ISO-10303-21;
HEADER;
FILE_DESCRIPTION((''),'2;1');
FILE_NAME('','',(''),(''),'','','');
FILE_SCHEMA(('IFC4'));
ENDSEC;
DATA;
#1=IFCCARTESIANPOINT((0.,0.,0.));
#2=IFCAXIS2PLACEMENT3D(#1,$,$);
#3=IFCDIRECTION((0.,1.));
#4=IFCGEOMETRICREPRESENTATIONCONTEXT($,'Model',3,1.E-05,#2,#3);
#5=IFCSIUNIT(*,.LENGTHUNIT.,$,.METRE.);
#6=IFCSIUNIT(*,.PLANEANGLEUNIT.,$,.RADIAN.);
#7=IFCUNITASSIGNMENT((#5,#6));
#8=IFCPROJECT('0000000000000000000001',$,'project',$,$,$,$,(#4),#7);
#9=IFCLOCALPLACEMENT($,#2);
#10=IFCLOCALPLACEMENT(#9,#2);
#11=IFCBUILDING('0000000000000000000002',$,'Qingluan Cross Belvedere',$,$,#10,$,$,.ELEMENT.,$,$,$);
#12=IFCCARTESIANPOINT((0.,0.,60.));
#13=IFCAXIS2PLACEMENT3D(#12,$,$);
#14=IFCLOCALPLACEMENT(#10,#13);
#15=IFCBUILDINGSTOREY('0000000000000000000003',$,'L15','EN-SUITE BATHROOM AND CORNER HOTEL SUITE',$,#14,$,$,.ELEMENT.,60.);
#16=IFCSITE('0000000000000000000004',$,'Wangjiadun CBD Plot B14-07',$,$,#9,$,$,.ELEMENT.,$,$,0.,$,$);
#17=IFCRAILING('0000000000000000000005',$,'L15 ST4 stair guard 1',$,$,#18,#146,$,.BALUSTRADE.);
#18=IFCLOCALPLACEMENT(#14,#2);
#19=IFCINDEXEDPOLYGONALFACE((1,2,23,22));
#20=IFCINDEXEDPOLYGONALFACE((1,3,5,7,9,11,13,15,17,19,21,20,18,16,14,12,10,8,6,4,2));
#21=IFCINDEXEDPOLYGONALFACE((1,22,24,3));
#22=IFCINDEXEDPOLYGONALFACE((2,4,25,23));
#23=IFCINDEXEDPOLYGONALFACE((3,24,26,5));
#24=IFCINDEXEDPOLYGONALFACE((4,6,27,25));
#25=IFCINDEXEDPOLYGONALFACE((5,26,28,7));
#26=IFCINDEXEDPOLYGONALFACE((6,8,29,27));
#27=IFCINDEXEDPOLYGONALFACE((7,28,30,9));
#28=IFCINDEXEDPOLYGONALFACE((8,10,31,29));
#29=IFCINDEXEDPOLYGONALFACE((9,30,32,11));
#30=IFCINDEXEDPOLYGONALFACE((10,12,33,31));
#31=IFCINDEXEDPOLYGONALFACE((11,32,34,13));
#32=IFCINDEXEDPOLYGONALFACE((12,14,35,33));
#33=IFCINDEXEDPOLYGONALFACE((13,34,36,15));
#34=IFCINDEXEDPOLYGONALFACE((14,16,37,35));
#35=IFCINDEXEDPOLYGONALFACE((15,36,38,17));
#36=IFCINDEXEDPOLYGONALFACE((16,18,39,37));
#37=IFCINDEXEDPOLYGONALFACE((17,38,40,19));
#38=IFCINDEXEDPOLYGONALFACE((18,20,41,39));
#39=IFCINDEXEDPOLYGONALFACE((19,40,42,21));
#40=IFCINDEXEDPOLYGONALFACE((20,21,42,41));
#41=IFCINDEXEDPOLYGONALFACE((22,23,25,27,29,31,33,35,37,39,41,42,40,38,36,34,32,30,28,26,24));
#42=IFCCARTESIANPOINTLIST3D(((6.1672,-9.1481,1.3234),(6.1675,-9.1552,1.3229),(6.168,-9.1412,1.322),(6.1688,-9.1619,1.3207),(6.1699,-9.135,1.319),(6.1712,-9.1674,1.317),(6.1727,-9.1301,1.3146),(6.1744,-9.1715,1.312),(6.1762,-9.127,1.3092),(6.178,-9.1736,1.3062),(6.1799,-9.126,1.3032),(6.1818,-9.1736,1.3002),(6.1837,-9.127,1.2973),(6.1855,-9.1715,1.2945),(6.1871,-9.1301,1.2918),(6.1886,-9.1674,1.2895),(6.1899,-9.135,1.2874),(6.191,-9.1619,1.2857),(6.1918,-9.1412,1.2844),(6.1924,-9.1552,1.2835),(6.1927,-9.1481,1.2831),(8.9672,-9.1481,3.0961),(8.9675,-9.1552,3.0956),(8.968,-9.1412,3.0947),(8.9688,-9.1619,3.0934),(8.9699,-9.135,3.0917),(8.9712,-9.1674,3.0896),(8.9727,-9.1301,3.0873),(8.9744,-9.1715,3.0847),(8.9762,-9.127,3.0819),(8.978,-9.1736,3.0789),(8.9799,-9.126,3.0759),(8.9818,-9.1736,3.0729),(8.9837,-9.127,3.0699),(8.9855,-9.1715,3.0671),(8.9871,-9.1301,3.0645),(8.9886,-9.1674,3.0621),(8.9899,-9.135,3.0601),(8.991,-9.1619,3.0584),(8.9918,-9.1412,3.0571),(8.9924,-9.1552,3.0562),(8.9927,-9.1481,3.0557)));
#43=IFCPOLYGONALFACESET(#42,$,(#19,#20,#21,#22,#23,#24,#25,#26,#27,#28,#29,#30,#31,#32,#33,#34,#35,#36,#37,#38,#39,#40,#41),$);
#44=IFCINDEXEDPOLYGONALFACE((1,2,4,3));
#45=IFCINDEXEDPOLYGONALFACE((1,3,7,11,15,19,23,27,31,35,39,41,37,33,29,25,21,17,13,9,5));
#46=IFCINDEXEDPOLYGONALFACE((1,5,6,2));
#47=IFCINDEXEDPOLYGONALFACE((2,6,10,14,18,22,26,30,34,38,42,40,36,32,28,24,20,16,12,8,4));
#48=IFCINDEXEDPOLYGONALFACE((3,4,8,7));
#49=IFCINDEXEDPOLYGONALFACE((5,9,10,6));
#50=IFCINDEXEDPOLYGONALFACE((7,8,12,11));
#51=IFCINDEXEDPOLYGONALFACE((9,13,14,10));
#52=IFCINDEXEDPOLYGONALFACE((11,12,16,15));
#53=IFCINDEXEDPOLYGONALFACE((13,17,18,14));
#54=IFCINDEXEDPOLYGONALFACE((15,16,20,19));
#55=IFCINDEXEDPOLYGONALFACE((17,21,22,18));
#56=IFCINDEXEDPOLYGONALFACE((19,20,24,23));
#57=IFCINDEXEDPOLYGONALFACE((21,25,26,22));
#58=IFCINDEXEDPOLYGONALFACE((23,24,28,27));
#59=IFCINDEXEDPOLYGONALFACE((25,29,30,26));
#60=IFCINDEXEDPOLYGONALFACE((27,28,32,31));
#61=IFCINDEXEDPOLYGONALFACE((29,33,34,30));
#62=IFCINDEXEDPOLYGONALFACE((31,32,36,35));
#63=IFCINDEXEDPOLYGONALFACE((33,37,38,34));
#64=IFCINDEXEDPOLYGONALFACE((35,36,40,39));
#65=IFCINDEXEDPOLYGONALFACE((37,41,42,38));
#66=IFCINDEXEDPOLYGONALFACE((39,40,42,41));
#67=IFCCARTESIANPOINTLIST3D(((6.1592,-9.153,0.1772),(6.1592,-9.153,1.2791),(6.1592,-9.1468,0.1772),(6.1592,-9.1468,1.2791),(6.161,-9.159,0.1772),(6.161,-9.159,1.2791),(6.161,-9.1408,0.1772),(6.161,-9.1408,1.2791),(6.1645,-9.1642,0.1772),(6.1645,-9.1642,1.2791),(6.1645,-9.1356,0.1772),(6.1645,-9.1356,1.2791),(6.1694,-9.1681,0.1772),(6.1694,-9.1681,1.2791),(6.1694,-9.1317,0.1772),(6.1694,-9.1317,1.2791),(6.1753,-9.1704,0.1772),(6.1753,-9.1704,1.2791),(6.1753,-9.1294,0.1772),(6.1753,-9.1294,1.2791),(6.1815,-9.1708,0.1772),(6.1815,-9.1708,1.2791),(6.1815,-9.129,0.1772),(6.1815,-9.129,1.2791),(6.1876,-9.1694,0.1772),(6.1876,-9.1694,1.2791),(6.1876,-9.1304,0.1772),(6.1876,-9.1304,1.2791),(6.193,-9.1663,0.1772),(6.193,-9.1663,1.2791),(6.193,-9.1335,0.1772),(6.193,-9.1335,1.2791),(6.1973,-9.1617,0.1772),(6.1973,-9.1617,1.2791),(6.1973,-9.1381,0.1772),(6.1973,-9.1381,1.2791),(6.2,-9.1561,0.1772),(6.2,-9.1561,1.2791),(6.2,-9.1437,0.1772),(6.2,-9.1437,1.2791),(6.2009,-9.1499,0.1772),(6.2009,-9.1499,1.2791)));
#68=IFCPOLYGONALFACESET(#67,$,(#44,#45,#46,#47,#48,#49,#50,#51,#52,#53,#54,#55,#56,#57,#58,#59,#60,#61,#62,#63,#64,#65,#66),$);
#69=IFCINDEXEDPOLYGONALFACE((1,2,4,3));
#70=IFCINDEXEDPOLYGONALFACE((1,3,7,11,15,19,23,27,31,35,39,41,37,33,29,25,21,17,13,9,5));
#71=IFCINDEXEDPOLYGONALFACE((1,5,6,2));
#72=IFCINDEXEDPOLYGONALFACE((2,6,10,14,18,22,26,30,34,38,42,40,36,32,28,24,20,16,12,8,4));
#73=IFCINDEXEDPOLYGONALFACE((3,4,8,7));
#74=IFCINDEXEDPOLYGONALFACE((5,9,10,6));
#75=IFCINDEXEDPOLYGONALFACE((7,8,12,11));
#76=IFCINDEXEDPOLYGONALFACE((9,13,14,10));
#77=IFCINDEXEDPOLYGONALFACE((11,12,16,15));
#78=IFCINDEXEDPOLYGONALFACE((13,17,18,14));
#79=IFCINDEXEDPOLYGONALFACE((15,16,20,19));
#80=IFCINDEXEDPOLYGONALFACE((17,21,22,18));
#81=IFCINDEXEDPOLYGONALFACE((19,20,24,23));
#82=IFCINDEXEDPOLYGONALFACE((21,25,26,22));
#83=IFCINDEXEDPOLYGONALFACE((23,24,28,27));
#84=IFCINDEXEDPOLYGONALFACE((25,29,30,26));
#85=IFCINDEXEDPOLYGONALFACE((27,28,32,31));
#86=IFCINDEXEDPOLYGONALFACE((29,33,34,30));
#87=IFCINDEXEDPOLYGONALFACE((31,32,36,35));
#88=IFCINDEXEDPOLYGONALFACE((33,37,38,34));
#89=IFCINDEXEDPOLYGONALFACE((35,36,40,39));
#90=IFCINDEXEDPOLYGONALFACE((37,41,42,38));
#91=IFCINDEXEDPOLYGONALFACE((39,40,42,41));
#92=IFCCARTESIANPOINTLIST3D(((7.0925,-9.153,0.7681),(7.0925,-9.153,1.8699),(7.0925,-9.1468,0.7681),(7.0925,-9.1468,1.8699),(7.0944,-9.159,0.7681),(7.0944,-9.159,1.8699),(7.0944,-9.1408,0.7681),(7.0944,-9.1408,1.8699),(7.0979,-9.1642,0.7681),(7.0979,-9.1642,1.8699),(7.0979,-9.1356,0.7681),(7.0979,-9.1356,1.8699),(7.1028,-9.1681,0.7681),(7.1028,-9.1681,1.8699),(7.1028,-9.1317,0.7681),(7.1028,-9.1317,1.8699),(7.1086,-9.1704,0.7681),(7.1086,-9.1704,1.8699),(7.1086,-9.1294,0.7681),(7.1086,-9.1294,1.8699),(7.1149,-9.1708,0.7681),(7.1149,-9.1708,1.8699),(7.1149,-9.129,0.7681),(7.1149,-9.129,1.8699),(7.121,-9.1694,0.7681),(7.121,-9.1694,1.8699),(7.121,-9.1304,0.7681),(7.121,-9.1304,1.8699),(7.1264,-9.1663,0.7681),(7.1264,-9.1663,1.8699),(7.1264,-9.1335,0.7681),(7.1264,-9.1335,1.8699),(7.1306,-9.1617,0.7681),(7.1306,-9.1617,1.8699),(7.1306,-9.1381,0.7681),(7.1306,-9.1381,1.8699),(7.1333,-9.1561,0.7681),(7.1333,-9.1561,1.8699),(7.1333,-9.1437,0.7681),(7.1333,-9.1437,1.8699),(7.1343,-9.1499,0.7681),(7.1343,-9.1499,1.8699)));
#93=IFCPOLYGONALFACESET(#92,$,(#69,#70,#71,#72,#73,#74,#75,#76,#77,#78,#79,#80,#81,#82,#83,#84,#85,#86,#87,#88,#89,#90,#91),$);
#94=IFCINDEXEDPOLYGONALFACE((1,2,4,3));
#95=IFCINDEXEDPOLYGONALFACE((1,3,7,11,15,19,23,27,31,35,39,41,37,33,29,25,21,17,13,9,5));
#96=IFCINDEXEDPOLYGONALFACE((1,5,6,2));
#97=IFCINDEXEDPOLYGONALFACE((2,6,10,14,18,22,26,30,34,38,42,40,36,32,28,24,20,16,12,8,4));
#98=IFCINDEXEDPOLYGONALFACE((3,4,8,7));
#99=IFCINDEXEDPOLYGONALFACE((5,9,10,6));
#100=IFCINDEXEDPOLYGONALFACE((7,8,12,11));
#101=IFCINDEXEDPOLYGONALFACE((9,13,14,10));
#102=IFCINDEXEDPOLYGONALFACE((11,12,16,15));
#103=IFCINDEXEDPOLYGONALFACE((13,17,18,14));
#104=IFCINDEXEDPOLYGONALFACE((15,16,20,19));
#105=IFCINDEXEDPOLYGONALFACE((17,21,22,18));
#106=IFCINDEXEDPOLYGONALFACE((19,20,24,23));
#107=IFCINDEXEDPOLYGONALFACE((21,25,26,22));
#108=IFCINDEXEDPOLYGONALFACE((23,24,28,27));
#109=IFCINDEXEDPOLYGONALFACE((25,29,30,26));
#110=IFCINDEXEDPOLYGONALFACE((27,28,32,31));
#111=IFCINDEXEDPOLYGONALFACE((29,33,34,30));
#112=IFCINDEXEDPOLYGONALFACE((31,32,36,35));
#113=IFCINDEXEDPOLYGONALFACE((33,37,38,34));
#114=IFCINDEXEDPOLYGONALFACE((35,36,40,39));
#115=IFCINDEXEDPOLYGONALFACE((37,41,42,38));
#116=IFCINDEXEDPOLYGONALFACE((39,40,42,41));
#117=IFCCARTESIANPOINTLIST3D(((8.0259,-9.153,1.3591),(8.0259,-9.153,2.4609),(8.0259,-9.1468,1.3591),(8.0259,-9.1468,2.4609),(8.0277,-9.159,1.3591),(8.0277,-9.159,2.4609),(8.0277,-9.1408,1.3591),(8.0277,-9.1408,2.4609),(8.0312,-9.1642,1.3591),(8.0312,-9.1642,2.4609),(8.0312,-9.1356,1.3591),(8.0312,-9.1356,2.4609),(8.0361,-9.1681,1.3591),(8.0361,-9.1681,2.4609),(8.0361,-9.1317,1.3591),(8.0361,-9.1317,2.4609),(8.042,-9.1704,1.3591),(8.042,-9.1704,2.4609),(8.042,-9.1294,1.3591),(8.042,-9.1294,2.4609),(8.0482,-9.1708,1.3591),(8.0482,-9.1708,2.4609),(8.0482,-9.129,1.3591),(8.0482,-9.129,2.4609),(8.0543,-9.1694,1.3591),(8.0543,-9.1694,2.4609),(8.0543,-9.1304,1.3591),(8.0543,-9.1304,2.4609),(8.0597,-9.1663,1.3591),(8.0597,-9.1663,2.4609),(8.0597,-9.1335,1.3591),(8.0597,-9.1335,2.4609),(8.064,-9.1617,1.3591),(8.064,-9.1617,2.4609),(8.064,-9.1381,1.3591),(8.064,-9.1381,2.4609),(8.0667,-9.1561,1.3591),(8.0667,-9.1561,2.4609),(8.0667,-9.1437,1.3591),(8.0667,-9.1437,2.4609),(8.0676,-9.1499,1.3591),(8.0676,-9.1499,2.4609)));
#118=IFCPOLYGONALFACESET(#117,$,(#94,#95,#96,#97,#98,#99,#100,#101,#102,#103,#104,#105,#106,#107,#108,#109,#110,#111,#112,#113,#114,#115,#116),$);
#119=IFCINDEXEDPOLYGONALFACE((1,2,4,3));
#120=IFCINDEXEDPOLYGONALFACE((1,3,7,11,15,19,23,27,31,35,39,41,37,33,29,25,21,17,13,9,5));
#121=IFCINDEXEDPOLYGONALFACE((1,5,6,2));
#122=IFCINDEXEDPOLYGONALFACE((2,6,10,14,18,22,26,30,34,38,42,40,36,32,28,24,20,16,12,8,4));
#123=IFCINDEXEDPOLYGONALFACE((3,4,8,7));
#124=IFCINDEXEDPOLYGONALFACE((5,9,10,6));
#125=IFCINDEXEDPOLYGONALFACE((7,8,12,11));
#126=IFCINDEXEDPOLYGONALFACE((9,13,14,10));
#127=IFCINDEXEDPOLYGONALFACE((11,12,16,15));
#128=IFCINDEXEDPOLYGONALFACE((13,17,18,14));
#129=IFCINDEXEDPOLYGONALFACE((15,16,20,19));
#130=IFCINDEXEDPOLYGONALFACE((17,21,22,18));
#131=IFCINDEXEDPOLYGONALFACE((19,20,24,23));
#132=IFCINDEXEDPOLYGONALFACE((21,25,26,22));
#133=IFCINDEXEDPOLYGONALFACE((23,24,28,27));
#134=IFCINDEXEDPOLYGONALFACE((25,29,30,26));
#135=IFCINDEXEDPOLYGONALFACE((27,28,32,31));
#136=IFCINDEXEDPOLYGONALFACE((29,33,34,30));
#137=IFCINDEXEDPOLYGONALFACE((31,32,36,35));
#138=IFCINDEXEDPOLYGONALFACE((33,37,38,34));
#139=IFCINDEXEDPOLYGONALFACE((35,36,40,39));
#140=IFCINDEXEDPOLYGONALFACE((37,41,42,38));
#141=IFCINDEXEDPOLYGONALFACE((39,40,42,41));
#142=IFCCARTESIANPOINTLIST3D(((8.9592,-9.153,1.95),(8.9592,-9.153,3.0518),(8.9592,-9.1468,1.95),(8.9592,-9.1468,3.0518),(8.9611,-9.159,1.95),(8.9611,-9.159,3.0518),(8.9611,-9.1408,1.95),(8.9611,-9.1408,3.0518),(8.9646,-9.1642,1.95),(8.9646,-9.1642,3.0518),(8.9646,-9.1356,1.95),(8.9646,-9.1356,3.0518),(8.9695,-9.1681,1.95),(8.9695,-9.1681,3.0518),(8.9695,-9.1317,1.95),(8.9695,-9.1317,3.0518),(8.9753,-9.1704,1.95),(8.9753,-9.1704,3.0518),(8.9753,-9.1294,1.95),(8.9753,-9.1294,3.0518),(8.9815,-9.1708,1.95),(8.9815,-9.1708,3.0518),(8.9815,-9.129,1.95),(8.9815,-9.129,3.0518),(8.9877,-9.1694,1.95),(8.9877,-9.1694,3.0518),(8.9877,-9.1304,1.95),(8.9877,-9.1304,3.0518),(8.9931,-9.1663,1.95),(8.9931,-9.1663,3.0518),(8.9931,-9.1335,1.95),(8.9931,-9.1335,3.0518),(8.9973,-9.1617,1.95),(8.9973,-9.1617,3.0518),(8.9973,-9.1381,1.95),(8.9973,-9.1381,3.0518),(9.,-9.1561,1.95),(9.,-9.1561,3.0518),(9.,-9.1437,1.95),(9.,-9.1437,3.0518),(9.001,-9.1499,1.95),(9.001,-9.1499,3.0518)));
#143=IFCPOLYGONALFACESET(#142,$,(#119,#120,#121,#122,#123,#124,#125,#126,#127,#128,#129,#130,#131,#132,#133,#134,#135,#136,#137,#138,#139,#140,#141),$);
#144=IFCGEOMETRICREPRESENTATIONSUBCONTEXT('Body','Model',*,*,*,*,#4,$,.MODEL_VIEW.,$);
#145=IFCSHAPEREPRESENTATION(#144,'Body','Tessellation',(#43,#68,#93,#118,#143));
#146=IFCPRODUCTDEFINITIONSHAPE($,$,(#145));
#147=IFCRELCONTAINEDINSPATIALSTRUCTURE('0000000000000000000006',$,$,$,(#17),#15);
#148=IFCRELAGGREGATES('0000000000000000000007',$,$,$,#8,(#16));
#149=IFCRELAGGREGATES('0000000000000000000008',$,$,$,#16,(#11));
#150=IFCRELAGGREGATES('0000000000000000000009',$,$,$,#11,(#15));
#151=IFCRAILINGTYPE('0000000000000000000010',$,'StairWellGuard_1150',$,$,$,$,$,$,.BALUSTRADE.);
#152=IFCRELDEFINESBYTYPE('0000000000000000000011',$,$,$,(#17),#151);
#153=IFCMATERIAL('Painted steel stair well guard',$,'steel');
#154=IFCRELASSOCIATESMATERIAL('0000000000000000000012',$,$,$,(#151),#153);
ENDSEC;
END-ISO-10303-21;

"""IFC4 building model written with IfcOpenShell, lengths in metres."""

from ifc_helpers import new_model, si_unit, direction, frame, origin, origin_2d, place, context, subcontext, project, spatial, circle, extrude, material, type_object, element, save


model = new_model("IFC4")

# Units and contexts
model_context = context("Model", 3, precision=1e-05, world=origin(), true_north=direction((0.0, 1.0)))
body_context = subcontext(model_context, "Body", "Model", "MODEL_VIEW")
ifc_project = project(units=[si_unit("LENGTHUNIT", "METRE"), si_unit("PLANEANGLEUNIT", "RADIAN")], contexts=[model_context])

# Site, building, storey
site_placement = place(None, origin())
site = spatial("IfcSite", under=ifc_project, at=site_placement, Name="Wangjiadun CBD Plot B14-07", CompositionType="ELEMENT", RefElevation=0.0)
building_placement = place(site_placement, origin())
building = spatial("IfcBuilding", under=site, at=building_placement, Name="Qingluan Cross Belvedere", CompositionType="ELEMENT")
storey_placement = place(building_placement, frame((0.0, 0.0, 60.0)))
storey = spatial("IfcBuildingStorey", under=building, at=storey_placement, Name="L15", Description="EN-SUITE BATHROOM AND CORNER HOTEL SUITE", CompositionType="ELEMENT", Elevation=60.0)

# Railing
ifc_material_1 = material(Name="Painted steel stair well guard", Category="steel")
railing_type_1 = type_object("IfcRailingType", Name="StairWellGuard_1150", PredefinedType="BALUSTRADE", material=ifc_material_1)
railing_1_placement = place(storey_placement, frame((6.1799, -9.1499, 0.1772)))
element("IfcRailing", 1, at=railing_1_placement, inside=storey, type_object=railing_type_1, Name="L15 ST4 stair guard 1", PredefinedType="BALUSTRADE", context=body_context, shape_type="SweptSolid", body=[
    extrude(circle(Radius=0.0239, at=origin_2d()), frame((0.0, 0.0, 1.126), z_axis=(0.844909, 0.0, 0.53491), x_axis=(0.0, 1.0, 0.0)), (0.0, 0.0, 1.0), 3.314),
    extrude(circle(Radius=0.021, at=origin_2d()), origin(), (0.0, 0.0, 1.0), 1.1018),
    extrude(circle(Radius=0.021, at=origin_2d()), frame((0.9333, 0.0, 0.5908)), (0.0, 0.0, 1.0), 1.1018),
    extrude(circle(Radius=0.021, at=origin_2d()), frame((1.8667, 0.0, 1.1819)), (0.0, 0.0, 1.0), 1.1018),
    extrude(circle(Radius=0.021, at=origin_2d()), frame((2.8, 0.0, 1.7727)), (0.0, 0.0, 1.0), 1.1018),
])

save(model, "model.ifc")
